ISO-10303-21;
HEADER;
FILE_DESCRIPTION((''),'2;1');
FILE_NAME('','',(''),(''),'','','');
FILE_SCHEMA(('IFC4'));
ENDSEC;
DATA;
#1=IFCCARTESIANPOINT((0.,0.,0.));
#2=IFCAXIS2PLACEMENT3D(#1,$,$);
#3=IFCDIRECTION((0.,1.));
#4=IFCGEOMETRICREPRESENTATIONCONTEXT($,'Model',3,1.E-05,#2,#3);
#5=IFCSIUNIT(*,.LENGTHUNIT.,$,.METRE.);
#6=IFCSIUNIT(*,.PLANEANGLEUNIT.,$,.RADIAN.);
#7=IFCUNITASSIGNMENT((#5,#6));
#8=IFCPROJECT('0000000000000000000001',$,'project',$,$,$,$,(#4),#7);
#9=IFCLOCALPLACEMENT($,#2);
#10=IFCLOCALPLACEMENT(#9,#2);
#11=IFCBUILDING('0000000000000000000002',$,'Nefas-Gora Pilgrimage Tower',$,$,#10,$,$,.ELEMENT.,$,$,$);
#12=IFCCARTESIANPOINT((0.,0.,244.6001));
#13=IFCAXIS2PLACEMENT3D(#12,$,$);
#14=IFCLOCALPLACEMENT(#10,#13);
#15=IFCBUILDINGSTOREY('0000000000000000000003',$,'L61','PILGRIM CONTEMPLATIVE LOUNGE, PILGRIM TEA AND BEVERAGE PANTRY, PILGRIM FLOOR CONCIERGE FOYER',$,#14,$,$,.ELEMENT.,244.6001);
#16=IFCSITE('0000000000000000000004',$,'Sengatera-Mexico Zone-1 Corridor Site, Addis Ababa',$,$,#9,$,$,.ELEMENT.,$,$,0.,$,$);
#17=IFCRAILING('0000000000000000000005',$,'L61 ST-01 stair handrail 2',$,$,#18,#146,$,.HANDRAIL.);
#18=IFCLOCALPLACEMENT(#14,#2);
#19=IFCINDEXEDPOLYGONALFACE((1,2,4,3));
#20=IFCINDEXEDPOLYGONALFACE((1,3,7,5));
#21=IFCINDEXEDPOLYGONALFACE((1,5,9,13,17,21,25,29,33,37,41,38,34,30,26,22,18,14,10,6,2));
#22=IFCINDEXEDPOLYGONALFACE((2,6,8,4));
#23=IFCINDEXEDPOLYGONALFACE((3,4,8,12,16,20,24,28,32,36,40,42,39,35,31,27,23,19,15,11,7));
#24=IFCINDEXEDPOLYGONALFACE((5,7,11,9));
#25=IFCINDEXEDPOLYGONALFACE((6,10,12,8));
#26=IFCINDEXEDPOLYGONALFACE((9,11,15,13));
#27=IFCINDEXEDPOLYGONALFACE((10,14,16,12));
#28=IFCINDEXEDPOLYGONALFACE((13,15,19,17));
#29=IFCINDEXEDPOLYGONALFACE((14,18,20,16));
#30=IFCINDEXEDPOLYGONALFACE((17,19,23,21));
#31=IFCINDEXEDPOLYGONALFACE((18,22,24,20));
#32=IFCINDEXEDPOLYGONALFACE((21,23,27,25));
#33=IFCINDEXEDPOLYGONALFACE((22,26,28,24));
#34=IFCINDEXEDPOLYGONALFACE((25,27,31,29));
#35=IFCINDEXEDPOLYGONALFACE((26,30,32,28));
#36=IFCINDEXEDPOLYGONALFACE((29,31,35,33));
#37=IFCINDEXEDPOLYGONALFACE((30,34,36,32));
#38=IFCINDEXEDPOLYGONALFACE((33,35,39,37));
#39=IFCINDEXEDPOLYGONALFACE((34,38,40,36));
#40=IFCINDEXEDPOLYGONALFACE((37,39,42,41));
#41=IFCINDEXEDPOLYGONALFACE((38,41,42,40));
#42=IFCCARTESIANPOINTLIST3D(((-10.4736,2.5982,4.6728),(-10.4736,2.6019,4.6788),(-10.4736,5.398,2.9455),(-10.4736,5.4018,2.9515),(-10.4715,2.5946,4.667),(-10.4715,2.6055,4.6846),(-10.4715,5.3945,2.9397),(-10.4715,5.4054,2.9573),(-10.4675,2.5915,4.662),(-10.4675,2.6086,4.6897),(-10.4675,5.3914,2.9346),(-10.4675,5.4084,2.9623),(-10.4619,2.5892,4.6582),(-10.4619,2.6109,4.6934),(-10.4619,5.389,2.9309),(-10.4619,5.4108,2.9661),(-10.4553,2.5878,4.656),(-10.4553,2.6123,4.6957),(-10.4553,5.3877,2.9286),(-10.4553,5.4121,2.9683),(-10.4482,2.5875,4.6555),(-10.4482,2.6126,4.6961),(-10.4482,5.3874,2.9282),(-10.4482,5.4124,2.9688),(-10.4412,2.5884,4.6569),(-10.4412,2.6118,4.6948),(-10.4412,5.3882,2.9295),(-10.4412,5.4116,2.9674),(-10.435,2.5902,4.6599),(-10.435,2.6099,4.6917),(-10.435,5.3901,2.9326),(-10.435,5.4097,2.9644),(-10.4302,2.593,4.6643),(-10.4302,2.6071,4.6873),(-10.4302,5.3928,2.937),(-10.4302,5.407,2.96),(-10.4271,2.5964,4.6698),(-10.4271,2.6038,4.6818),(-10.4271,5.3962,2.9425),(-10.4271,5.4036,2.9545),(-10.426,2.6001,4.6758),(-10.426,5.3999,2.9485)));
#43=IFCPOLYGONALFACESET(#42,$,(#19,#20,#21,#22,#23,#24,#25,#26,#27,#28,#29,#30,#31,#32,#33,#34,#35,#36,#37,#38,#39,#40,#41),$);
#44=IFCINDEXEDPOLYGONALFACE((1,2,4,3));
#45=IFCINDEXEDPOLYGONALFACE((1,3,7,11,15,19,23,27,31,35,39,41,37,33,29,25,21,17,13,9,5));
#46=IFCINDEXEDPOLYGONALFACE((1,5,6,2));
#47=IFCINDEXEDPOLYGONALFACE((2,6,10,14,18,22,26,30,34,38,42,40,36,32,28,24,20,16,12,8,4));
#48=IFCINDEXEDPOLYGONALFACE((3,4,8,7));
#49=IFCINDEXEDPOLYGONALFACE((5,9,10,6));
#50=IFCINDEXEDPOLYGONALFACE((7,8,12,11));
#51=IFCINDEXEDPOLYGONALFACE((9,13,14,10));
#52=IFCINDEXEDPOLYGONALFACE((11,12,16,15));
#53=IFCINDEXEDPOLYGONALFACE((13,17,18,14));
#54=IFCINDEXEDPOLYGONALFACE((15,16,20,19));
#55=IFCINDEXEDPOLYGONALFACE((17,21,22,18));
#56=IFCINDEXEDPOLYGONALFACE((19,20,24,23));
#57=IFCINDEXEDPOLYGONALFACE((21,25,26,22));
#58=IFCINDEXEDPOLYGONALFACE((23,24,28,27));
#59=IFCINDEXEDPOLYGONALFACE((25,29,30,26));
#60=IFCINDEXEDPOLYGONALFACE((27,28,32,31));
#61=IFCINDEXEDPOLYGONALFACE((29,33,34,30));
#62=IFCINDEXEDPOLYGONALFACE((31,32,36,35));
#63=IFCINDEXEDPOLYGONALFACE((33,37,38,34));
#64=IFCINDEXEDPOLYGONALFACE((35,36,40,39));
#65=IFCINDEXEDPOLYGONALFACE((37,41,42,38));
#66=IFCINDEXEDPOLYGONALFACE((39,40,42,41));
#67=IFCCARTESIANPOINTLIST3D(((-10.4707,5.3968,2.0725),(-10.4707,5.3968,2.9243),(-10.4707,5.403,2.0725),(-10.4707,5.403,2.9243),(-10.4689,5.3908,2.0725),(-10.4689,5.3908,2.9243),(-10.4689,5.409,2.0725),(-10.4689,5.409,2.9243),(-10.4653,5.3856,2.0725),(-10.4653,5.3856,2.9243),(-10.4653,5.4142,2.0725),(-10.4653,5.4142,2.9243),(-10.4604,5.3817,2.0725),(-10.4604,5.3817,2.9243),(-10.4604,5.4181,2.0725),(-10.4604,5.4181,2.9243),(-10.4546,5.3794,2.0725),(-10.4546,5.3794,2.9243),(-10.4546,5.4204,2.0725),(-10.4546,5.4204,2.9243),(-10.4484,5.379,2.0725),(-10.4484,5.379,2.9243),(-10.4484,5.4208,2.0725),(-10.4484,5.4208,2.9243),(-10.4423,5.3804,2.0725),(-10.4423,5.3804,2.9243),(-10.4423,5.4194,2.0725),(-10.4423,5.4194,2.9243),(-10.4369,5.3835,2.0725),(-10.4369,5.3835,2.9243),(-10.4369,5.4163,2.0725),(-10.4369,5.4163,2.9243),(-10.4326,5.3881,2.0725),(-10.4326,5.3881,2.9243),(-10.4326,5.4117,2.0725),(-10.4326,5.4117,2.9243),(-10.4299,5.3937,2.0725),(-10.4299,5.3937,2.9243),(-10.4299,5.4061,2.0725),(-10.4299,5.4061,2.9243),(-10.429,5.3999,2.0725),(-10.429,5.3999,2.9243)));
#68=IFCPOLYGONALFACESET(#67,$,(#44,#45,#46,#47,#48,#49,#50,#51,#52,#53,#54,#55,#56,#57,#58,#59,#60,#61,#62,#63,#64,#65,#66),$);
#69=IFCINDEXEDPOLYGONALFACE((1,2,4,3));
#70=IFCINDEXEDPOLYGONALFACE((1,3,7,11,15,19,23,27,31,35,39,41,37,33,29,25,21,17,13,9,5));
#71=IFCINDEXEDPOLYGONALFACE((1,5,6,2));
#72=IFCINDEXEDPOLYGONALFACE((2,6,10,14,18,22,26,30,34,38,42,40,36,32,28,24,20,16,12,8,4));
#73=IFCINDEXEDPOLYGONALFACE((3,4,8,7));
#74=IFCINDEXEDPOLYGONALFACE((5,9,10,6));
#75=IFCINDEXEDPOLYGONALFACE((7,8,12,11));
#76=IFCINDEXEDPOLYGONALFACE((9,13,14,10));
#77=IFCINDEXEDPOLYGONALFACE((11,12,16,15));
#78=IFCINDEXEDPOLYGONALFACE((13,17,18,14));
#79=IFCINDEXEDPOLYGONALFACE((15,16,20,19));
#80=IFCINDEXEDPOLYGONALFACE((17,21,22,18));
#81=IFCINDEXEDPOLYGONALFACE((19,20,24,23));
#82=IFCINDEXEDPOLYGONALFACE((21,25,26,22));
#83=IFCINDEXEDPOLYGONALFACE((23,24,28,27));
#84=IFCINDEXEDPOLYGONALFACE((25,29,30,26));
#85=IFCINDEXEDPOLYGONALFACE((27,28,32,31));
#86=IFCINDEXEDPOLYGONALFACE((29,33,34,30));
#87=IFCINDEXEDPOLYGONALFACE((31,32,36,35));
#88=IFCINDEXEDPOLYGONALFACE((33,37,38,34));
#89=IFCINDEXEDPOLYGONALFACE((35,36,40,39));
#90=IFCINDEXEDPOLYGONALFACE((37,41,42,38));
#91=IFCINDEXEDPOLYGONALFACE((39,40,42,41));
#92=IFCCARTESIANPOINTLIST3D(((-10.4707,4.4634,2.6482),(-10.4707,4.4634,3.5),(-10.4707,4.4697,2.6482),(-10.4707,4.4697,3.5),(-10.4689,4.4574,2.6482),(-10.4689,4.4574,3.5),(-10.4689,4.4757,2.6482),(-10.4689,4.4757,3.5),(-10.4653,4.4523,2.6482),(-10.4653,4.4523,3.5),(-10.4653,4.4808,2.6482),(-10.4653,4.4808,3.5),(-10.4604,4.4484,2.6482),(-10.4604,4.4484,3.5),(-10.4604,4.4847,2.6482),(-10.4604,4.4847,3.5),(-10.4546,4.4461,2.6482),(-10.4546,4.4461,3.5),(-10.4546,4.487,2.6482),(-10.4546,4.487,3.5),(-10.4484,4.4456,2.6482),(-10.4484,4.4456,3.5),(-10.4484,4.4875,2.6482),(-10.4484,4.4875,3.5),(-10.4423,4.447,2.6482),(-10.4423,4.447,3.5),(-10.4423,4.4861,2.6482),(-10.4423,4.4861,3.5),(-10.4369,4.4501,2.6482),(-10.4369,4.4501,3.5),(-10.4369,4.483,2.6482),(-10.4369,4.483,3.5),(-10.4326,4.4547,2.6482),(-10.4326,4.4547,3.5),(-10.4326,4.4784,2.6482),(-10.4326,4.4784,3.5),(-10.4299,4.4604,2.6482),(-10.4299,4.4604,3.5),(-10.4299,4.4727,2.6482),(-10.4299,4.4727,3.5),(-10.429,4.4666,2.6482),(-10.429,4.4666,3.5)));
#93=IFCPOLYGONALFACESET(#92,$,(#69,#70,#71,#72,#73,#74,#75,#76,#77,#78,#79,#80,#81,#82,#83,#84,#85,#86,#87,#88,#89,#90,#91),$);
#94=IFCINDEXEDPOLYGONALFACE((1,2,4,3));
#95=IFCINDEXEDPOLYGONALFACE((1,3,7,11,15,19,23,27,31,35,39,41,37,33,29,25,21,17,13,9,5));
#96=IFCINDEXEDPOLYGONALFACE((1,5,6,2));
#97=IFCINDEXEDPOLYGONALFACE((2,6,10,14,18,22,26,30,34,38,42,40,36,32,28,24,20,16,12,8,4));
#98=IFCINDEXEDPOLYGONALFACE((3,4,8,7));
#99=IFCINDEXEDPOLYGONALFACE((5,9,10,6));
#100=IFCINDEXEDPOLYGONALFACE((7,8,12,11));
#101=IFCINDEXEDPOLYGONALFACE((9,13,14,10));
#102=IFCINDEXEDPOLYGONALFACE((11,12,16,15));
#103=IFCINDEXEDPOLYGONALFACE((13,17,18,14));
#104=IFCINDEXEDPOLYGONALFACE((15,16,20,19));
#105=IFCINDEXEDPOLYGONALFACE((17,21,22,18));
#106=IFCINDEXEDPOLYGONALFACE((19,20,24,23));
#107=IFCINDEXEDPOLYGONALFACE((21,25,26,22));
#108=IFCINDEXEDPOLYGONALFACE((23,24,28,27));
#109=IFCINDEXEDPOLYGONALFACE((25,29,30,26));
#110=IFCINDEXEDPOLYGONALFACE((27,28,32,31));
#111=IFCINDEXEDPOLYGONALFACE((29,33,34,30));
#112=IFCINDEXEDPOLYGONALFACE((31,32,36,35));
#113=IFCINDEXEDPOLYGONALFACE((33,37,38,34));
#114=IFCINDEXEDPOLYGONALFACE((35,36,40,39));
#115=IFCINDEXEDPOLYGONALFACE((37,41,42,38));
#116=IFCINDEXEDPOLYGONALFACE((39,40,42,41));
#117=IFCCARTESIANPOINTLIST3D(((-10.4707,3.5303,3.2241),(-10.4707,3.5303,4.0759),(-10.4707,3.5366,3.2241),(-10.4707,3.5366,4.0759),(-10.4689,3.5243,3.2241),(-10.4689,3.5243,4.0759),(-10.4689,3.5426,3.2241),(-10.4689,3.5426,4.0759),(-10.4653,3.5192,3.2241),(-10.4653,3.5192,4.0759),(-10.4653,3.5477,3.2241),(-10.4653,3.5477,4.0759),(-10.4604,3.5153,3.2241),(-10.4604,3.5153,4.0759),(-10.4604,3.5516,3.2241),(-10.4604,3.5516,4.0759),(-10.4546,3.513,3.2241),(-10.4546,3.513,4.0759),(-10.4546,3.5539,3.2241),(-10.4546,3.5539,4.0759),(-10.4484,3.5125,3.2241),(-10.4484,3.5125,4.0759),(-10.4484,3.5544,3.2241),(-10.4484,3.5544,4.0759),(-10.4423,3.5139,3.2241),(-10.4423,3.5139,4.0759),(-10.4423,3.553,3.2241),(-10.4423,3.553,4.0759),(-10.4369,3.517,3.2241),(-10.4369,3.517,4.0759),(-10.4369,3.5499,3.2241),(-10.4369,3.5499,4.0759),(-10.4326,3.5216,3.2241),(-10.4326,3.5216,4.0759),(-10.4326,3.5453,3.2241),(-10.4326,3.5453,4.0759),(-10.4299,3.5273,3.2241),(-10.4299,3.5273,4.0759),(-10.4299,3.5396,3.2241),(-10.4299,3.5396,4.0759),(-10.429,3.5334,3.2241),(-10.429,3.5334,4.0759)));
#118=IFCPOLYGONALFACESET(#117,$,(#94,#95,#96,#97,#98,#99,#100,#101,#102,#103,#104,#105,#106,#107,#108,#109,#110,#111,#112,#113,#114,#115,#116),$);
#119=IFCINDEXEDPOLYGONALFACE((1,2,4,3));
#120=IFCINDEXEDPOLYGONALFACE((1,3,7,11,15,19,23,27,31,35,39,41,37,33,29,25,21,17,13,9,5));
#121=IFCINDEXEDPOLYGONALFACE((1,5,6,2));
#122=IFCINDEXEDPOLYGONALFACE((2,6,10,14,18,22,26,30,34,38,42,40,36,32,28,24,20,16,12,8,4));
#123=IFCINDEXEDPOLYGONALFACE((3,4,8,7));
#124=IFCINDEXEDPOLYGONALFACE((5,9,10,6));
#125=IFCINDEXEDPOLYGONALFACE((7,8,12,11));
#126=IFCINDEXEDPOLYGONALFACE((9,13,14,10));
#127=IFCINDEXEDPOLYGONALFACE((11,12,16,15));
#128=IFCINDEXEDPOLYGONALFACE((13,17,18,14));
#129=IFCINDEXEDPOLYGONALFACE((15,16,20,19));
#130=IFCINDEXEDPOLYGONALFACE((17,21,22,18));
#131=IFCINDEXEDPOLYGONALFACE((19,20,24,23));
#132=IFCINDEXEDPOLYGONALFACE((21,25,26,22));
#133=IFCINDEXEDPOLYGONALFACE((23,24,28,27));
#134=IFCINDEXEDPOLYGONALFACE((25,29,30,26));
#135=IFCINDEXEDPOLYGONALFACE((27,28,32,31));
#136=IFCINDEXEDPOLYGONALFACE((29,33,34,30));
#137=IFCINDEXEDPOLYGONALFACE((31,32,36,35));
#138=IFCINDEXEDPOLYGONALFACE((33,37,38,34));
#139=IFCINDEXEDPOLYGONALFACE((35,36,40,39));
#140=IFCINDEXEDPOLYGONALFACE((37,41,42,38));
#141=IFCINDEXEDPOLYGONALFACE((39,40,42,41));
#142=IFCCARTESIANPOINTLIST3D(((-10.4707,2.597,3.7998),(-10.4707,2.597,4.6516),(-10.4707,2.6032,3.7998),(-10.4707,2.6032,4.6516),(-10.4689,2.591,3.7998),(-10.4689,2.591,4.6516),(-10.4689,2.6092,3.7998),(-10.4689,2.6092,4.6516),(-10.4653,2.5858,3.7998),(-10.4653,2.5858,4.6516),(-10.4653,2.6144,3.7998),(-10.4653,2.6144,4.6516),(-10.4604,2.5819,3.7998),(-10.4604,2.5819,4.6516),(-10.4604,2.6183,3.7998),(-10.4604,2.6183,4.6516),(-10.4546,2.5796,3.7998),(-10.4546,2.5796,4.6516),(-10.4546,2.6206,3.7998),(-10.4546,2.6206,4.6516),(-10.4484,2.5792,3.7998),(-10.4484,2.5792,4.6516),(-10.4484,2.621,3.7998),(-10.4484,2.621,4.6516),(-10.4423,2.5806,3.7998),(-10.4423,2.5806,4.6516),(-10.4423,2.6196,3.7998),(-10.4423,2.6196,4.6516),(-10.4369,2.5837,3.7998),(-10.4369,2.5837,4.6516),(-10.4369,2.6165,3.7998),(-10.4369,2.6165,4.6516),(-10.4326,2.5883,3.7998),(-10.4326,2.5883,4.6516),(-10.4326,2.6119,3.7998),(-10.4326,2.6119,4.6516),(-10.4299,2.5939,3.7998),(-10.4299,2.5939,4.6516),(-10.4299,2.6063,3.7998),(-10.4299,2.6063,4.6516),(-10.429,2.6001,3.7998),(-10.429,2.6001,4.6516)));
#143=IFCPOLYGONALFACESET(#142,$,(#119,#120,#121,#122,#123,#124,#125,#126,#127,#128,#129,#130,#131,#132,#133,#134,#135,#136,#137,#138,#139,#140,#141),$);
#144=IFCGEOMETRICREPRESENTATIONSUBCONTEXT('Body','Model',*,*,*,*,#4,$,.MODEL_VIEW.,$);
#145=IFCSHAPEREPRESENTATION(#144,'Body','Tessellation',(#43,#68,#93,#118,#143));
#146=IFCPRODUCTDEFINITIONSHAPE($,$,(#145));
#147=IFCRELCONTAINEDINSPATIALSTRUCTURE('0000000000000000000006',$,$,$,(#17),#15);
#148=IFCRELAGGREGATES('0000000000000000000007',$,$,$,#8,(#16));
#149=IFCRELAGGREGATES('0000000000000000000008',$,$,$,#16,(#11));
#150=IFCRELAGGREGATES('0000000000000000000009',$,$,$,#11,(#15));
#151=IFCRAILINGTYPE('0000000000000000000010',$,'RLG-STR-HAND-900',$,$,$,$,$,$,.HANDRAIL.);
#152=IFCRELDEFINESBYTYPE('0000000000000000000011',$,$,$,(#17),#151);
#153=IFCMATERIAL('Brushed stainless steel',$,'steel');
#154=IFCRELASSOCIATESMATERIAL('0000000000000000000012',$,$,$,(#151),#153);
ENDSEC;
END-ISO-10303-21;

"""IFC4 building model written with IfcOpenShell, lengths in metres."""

from ifc_helpers import new_model, si_unit, direction, frame, origin, origin_2d, place, context, subcontext, project, spatial, circle, extrude, material, type_object, element, save


model = new_model("IFC4")

# Units and contexts
model_context = context("Model", 3, precision=1e-05, world=origin(), true_north=direction((0.0, 1.0)))
body_context = subcontext(model_context, "Body", "Model", "MODEL_VIEW")
ifc_project = project(units=[si_unit("LENGTHUNIT", "METRE"), si_unit("PLANEANGLEUNIT", "RADIAN")], contexts=[model_context])

# Site, building, storey
site_placement = place(None, origin())
site = spatial("IfcSite", under=ifc_project, at=site_placement, Name="Sengatera-Mexico Zone-1 Corridor Site, Addis Ababa", CompositionType="ELEMENT", RefElevation=0.0)
building_placement = place(site_placement, origin())
building = spatial("IfcBuilding", under=site, at=building_placement, Name="Nefas-Gora Pilgrimage Tower", CompositionType="ELEMENT")
storey_placement = place(building_placement, frame((0.0, 0.0, 244.6001)))
storey = spatial("IfcBuildingStorey", under=building, at=storey_placement, Name="L61", Description="PILGRIM CONTEMPLATIVE LOUNGE, PILGRIM TEA AND BEVERAGE PANTRY, PILGRIM FLOOR CONCIERGE FOYER", CompositionType="ELEMENT", Elevation=244.6001)

# Railing
ifc_material_1 = material(Name="Brushed stainless steel", Category="steel")
railing_type_1 = type_object("IfcRailingType", Name="RLG-STR-HAND-900", PredefinedType="HANDRAIL", material=ifc_material_1)
railing_1_placement = place(storey_placement, frame((-10.45, 5.3999, 2.0725)))
element("IfcRailing", 1, at=railing_1_placement, inside=storey, type_object=railing_type_1, Name="L61 ST-01 stair handrail 2", PredefinedType="HANDRAIL", context=body_context, shape_type="SweptSolid", body=[
    extrude(circle(Radius=0.0239, at=origin_2d()), frame((0.0, 0.0, 0.876), z_axis=(0.0, -0.851069, 0.525054), x_axis=(1.0, 0.0, 0.0)), (0.0, 0.0, 1.0), 3.2898),
    extrude(circle(Radius=0.021, at=origin_2d()), origin(), (0.0, 0.0, 1.0), 0.8518),
    extrude(circle(Radius=0.021, at=origin_2d()), frame((0.0, -0.9333, 0.5757)), (0.0, 0.0, 1.0), 0.8518),
    extrude(circle(Radius=0.021, at=origin_2d()), frame((0.0, -1.8665, 1.1516)), (0.0, 0.0, 1.0), 0.8518),
    extrude(circle(Radius=0.021, at=origin_2d()), frame((0.0, -2.7998, 1.7273)), (0.0, 0.0, 1.0), 0.8518),
])

save(model, "model.ifc")
